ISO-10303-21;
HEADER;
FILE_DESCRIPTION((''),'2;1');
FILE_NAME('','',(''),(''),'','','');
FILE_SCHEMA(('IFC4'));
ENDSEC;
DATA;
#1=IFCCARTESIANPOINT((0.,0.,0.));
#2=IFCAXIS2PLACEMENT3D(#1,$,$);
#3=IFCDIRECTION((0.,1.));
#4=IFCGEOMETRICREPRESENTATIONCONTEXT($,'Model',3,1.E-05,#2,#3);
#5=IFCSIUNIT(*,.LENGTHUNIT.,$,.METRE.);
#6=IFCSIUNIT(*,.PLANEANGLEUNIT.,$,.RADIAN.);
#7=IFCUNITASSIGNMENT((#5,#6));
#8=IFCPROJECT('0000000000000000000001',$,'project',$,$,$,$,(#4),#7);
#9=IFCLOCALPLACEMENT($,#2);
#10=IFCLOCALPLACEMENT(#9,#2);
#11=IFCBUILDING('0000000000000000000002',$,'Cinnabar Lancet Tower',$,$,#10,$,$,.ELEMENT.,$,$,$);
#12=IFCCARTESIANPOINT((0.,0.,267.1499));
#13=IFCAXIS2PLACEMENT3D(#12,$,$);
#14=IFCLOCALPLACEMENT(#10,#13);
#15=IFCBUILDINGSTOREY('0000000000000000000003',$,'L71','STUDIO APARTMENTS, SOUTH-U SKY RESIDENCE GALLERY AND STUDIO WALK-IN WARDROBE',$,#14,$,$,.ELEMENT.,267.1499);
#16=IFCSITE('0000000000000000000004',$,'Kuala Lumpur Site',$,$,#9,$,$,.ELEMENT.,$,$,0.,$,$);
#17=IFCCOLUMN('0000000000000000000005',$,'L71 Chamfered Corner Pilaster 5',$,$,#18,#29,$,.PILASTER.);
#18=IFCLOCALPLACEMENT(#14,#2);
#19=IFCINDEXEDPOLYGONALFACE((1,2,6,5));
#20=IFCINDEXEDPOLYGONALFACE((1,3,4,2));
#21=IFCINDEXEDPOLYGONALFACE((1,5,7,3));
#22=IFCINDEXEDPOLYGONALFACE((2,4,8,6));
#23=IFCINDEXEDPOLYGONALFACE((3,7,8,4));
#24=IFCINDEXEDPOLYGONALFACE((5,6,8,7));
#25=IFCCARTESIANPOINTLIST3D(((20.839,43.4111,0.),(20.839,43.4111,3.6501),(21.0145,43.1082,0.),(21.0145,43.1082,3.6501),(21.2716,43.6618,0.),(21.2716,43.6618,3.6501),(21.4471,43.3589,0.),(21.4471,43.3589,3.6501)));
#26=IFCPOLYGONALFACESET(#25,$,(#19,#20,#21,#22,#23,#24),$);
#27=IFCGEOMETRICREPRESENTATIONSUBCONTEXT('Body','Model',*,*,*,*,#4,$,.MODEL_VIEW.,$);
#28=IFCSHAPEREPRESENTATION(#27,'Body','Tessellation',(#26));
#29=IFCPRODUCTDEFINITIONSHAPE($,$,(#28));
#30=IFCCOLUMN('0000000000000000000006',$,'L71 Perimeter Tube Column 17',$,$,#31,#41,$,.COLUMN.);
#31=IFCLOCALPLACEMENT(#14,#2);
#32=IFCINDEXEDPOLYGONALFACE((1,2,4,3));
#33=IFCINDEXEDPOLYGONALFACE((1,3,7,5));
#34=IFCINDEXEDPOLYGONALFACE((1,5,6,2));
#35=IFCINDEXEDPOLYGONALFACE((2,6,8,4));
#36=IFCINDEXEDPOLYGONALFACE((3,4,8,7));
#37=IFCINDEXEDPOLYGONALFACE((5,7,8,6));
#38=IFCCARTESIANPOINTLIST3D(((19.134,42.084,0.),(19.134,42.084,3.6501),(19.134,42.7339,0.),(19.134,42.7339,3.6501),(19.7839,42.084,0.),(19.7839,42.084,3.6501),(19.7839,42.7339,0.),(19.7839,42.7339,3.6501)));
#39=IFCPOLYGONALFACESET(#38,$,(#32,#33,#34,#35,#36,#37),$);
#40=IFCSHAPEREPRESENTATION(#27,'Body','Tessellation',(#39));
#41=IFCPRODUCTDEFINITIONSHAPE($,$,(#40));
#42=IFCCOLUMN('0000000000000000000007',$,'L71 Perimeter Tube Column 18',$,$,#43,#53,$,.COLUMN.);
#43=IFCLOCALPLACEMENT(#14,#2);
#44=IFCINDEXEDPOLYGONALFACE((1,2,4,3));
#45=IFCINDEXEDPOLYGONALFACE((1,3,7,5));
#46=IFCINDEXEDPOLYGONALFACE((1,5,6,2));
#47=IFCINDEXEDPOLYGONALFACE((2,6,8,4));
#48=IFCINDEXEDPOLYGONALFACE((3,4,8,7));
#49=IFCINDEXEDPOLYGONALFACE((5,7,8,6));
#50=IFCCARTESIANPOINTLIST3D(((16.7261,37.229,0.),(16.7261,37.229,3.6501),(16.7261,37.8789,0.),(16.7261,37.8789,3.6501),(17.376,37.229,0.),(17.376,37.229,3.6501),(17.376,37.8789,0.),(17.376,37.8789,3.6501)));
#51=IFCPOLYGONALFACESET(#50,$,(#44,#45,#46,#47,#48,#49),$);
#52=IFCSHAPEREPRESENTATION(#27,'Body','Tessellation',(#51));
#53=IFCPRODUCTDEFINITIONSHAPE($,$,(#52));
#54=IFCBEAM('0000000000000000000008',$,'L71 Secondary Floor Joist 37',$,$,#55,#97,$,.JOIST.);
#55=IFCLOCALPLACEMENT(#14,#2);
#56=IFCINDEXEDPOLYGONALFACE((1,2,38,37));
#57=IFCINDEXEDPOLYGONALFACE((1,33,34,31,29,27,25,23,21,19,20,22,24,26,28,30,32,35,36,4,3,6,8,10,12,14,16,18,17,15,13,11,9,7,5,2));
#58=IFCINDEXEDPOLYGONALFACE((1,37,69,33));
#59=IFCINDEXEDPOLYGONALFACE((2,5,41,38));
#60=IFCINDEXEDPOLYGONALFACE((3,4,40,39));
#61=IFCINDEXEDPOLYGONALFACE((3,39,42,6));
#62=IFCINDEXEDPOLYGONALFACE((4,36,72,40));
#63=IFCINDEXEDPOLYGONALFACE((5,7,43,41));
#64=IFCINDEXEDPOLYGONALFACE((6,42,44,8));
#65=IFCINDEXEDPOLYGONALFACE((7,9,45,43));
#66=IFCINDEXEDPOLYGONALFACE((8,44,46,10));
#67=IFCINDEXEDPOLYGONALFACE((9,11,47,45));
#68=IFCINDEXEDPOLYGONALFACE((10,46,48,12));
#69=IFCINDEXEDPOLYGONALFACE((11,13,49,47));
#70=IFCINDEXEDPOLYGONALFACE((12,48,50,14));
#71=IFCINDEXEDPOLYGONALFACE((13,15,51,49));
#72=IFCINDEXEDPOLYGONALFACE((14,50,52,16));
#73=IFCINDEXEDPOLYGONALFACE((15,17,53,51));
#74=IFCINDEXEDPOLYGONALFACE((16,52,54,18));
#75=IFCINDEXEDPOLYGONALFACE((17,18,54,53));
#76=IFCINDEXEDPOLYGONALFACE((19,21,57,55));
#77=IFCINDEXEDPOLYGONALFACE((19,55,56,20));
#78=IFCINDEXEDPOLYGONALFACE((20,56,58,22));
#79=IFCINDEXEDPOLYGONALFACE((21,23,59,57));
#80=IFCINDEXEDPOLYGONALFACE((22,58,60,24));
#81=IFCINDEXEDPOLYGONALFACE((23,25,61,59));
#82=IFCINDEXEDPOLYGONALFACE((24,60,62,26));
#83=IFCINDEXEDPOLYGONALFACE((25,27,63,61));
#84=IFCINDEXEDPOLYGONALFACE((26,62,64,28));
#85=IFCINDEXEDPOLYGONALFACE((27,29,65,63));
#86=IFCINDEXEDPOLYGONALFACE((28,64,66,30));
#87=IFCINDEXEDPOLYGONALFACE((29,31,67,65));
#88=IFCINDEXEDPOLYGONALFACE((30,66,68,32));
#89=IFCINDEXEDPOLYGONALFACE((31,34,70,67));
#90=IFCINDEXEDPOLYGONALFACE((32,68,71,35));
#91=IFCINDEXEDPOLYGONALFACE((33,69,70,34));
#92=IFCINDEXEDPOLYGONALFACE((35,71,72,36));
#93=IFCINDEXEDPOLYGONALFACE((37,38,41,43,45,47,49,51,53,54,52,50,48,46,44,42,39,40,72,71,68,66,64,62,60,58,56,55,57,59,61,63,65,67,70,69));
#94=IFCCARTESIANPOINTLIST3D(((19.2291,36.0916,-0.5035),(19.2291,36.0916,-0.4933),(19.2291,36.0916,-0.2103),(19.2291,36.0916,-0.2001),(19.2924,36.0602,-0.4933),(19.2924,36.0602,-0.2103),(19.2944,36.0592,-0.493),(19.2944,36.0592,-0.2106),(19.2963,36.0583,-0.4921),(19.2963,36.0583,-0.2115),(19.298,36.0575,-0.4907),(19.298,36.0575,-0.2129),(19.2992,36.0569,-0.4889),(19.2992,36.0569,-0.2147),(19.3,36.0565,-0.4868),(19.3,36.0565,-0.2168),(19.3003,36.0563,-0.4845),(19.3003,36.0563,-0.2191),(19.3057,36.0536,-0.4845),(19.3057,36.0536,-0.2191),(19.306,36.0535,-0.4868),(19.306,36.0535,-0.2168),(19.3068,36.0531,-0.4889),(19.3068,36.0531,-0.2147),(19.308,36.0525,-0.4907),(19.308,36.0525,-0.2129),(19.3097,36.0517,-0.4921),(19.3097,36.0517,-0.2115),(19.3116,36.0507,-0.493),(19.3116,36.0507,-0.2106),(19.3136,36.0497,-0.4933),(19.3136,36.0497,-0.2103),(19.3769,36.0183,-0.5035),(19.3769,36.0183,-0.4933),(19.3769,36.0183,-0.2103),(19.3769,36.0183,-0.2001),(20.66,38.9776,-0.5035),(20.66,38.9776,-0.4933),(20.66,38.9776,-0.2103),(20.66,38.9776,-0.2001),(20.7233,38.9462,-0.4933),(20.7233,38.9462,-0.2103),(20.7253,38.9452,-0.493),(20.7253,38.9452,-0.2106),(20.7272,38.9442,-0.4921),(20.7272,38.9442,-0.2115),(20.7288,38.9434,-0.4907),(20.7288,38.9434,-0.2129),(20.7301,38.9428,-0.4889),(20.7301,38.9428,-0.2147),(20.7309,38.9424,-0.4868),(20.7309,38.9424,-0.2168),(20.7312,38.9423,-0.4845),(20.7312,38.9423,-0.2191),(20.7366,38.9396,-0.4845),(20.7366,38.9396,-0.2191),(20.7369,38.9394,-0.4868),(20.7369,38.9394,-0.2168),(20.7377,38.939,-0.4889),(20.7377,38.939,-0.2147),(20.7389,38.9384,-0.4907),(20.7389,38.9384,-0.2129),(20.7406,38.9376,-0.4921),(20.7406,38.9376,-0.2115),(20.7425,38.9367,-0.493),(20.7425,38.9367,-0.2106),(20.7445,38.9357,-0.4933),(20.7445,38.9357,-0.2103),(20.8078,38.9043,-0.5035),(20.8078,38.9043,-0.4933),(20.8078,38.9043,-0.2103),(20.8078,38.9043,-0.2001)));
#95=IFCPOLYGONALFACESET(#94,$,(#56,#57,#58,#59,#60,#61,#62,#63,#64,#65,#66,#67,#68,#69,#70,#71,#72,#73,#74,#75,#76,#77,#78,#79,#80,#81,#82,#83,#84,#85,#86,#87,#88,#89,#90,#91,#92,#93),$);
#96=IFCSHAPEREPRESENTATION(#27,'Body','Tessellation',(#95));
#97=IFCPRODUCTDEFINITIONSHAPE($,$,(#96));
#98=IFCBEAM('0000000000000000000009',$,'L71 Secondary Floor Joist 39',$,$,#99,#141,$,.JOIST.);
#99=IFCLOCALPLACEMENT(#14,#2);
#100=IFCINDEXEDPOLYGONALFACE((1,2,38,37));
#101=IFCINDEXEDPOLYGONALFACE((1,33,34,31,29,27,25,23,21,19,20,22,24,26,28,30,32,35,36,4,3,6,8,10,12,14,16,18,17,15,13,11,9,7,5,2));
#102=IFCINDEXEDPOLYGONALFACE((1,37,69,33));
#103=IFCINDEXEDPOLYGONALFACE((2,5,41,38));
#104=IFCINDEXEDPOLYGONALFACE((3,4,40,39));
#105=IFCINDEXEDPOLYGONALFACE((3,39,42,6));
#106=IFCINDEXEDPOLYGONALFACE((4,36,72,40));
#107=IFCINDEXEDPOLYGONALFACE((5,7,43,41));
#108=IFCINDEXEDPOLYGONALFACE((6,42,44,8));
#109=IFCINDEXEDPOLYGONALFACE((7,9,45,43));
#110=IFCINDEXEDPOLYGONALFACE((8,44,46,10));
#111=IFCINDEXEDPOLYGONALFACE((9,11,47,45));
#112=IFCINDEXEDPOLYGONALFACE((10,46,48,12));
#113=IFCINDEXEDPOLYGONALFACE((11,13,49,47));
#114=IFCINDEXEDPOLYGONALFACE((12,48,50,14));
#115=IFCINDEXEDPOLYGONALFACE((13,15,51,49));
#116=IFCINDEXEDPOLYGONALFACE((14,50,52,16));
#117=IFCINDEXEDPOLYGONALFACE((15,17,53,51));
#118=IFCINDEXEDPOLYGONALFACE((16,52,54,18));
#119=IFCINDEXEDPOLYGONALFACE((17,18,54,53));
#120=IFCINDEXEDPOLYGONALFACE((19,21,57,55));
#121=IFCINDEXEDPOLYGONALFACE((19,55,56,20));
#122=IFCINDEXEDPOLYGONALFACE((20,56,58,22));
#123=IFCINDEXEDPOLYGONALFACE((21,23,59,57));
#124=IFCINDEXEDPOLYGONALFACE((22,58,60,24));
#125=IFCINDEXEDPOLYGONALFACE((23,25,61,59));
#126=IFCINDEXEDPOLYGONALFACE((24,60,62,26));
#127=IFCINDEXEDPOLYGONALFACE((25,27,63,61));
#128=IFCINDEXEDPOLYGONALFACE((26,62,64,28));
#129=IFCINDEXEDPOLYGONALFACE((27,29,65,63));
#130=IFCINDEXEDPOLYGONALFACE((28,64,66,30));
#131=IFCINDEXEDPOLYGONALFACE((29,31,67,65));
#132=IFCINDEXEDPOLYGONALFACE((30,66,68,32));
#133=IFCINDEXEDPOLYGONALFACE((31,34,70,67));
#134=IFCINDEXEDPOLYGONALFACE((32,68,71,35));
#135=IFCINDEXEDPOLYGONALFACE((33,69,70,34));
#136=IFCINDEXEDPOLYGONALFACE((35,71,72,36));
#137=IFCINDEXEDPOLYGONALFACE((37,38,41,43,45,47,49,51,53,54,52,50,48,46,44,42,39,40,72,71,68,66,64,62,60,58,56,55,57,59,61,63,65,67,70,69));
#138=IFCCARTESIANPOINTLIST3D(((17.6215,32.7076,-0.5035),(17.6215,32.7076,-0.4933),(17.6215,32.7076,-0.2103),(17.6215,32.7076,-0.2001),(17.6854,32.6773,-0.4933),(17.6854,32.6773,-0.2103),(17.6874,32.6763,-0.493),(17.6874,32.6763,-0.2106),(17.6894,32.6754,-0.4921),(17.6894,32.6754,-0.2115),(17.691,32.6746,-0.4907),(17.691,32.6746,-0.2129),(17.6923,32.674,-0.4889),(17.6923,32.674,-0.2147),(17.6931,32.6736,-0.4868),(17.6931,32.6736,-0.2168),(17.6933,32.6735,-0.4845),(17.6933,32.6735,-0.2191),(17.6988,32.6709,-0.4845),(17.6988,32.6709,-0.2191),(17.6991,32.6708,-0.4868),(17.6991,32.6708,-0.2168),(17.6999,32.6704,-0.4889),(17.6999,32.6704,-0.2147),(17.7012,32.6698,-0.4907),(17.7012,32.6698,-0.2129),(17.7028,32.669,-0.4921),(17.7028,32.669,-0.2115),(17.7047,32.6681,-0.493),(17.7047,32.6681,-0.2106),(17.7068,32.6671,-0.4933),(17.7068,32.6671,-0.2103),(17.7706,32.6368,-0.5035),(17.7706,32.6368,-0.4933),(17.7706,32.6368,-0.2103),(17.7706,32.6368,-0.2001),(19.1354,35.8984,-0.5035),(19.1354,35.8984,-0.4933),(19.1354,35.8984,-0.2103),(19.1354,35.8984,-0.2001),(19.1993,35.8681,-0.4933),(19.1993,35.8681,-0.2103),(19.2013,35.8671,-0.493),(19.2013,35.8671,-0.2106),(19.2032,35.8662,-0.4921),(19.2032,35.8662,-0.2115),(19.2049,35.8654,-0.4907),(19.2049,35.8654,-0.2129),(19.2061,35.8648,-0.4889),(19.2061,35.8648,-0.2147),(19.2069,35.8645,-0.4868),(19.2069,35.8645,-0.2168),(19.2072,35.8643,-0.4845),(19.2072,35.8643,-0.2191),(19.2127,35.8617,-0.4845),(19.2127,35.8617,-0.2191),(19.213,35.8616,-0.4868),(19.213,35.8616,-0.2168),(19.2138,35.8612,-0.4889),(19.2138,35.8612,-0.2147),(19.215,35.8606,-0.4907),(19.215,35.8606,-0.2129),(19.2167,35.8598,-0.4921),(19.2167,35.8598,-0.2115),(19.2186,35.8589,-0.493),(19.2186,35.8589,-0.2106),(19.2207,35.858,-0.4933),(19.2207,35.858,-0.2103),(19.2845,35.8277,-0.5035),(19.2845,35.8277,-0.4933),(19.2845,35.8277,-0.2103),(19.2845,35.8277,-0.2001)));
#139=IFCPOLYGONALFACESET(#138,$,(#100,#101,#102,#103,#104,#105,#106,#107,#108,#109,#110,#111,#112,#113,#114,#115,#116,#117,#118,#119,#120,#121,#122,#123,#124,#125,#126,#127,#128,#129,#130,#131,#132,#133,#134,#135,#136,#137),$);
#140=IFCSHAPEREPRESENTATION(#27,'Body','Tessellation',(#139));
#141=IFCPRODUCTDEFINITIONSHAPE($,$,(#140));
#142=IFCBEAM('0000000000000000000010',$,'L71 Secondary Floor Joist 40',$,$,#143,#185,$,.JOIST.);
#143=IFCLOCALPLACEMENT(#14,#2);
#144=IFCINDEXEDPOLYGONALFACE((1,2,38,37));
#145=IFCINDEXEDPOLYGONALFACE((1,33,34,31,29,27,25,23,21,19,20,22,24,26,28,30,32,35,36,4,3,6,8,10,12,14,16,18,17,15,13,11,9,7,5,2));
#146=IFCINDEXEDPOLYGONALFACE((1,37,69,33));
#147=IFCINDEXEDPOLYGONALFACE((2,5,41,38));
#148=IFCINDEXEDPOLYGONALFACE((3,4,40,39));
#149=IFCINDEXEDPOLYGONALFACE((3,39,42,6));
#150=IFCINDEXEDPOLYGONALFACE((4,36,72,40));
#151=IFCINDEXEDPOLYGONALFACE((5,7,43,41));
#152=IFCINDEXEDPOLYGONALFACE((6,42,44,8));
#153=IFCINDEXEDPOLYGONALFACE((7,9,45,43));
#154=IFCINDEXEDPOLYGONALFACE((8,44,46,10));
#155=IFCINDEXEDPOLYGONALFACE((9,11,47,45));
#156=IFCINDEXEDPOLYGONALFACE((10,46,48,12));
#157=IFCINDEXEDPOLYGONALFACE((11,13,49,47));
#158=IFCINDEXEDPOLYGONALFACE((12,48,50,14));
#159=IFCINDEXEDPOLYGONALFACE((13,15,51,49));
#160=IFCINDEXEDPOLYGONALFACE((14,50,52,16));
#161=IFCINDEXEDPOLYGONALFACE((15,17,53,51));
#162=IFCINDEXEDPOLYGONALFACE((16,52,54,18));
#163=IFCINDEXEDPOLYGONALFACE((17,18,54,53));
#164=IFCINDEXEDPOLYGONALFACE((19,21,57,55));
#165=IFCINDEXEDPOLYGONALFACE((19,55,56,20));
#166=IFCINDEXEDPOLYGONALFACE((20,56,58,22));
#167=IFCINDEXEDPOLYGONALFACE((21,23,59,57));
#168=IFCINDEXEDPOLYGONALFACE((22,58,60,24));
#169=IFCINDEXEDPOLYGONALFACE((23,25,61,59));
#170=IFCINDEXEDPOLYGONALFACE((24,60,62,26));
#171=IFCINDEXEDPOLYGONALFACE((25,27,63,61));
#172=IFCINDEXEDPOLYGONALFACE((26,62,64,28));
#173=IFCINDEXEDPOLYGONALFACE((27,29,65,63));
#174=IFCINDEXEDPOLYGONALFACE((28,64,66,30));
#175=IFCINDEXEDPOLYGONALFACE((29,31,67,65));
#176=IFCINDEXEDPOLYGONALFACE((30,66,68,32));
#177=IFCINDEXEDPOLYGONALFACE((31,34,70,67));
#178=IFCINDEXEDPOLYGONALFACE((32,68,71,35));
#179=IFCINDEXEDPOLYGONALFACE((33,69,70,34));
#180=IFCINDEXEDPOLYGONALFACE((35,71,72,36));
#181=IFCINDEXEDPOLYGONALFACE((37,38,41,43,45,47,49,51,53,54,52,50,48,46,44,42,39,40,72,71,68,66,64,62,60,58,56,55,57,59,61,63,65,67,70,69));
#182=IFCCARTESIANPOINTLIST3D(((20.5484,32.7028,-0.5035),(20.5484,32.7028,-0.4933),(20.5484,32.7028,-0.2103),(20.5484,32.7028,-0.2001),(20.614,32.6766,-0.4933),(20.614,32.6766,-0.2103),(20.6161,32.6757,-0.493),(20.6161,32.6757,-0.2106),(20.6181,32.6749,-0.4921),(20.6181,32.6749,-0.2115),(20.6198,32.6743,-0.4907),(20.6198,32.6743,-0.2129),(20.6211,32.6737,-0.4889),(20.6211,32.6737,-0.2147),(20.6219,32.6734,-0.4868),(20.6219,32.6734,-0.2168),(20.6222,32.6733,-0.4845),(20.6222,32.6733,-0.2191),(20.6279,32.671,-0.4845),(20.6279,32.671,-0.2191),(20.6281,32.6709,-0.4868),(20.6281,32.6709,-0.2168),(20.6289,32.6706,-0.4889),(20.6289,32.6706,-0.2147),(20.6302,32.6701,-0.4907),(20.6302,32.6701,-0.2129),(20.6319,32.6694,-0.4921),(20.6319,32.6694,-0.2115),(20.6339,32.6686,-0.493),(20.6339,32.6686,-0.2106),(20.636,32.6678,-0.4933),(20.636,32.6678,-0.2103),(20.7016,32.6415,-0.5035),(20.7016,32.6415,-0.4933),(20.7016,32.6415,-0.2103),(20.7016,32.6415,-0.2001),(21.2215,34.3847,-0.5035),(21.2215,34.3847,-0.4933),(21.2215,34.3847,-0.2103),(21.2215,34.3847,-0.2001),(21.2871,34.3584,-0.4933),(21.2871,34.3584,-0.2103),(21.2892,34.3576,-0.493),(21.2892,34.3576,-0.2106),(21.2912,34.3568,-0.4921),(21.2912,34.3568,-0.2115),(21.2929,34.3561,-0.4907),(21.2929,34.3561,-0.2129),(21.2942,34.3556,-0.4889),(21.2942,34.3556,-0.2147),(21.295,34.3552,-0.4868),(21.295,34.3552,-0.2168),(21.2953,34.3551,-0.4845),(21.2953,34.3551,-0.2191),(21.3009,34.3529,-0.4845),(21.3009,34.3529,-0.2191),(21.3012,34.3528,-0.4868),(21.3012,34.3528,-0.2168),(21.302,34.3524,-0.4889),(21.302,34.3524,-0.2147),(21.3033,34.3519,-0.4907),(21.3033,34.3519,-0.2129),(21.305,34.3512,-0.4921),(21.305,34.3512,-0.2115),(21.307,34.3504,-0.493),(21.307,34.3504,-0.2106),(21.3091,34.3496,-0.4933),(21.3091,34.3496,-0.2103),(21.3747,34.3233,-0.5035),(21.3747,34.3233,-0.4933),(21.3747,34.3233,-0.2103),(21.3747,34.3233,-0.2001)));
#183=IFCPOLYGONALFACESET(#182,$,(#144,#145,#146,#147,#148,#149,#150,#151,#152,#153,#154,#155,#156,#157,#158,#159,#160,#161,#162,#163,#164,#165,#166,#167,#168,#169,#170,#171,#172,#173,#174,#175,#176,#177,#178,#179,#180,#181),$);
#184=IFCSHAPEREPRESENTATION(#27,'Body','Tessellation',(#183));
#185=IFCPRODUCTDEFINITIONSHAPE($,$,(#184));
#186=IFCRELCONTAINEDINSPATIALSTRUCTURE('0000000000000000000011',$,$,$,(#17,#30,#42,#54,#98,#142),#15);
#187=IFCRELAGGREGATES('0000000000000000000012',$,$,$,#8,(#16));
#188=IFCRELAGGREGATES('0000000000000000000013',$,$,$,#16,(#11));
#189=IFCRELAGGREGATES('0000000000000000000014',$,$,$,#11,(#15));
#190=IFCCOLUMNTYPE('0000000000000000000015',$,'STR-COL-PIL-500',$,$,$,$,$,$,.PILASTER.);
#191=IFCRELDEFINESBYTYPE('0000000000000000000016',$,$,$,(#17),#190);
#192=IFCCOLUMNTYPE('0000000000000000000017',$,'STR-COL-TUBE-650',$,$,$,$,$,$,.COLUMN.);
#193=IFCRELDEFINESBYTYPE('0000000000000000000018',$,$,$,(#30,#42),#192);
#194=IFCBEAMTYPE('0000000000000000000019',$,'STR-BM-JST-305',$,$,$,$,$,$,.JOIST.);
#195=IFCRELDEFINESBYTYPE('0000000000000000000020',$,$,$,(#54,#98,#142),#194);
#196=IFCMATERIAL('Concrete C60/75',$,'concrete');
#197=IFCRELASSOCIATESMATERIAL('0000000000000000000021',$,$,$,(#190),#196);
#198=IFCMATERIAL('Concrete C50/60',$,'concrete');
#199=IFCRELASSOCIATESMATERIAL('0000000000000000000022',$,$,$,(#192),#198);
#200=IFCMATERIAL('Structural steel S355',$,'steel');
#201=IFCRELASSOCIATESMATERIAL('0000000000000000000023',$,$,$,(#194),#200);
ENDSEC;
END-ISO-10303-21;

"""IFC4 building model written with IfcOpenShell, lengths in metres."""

from ifc_helpers import new_model, si_unit, direction, frame, origin, origin_2d, place, context, subcontext, project, spatial, rectangle, i_section, extrude, material, material_profile, profile_set, type_object, element, save


model = new_model("IFC4")

# Units and contexts
model_context = context("Model", 3, precision=1e-05, world=origin(), true_north=direction((0.0, 1.0)))
body_context = subcontext(model_context, "Body", "Model", "MODEL_VIEW")
ifc_project = project(units=[si_unit("LENGTHUNIT", "METRE"), si_unit("PLANEANGLEUNIT", "RADIAN")], contexts=[model_context])

# Site, building, storey
site_placement = place(None, origin())
site = spatial("IfcSite", under=ifc_project, at=site_placement, Name="Kuala Lumpur Site", CompositionType="ELEMENT", RefElevation=0.0)
building_placement = place(site_placement, origin())
building = spatial("IfcBuilding", under=site, at=building_placement, Name="Cinnabar Lancet Tower", CompositionType="ELEMENT")
storey_placement = place(building_placement, frame((0.0, 0.0, 267.1499)))
storey = spatial("IfcBuildingStorey", under=building, at=storey_placement, Name="L71", Description="STUDIO APARTMENTS, SOUTH-U SKY RESIDENCE GALLERY AND STUDIO WALK-IN WARDROBE", CompositionType="ELEMENT", Elevation=267.1499)

# Columns
ifc_material_1 = material(Name="Concrete C60/75", Category="concrete")
ifc_material_profile_1 = material_profile(ifc_material_1, rectangle(XDim=0.5, YDim=0.3501, at=origin_2d()), Name="RC-PIL 500x350")
ifc_profile_set_1 = profile_set([ifc_material_profile_1], Name="Concrete C60/75")
column_type_1 = type_object("IfcColumnType", Name="STR-COL-PIL-500", PredefinedType="PILASTER", material=ifc_profile_set_1)
column_placement = place(storey_placement, frame((21.1431, 43.385, 0.0), z_axis=(0.0, 0.0, 1.0), x_axis=(-0.865256, -0.50133, 0.0)))
element("IfcColumn", 1, at=column_placement, inside=storey, type_object=column_type_1, Name="L71 Chamfered Corner Pilaster 5", PredefinedType="PILASTER", context=body_context, shape_type="SweptSolid", body=[
    extrude(rectangle(XDim=0.5, YDim=0.3501, at=origin_2d()), origin(), (0.0, 0.0, 1.0), 3.6501),
])
ifc_material_2 = material(Name="Concrete C50/60", Category="concrete")
ifc_material_profile_2 = material_profile(ifc_material_2, rectangle(XDim=0.6499, YDim=0.6499, at=origin_2d()), Name="RC-COL 650x650")
ifc_profile_set_2 = profile_set([ifc_material_profile_2], Name="Concrete C50/60")
column_type_2 = type_object("IfcColumnType", Name="STR-COL-TUBE-650", PredefinedType="COLUMN", material=ifc_profile_set_2)
for number, where, z_axis, x_axis, name in (
    (2, (19.459, 42.4089, 0.0), (0.0, 0.0, 1.0), (1.0, 0.0, 0.0), "L71 Perimeter Tube Column 17"),
    (3, (17.051, 37.554, 0.0), (0.0, 0.0, 1.0), (1.0, 0.0, 0.0), "L71 Perimeter Tube Column 18"),
):
    element("IfcColumn", number, at=place(storey_placement, frame(where, z_axis=z_axis, x_axis=x_axis)), inside=storey, type_object=column_type_2, Name=name, PredefinedType="COLUMN", context=body_context, shape_type="SweptSolid", body=[
        extrude(rectangle(XDim=0.6499, YDim=0.6499, at=origin_2d()), origin(), (0.0, 0.0, 1.0), 3.6501),
    ])

# Beams
ifc_material_3 = material(Name="Structural steel S355", Category="steel")
ifc_material_profile_3 = material_profile(ifc_material_3, i_section(OverallWidth=0.165, OverallDepth=0.3035, WebThickness=0.0061, FlangeThickness=0.0103, FilletRadius=0.0088, at=origin_2d()), Name="UKB 305x165x40")
ifc_profile_set_3 = profile_set([ifc_material_profile_3], Name="Structural steel S355")
beam_type_1 = type_object("IfcBeamType", Name="STR-BM-JST-305", PredefinedType="JOIST", material=ifc_profile_set_3)
beam_1_placement = place(storey_placement, frame((20.7339, 38.9409, -0.3518), z_axis=(-0.44421, -0.895923, 0.0), x_axis=(0.895923, -0.44421, 0.0)))
element("IfcBeam", 4, at=beam_1_placement, inside=storey, type_object=beam_type_1, Name="L71 Secondary Floor Joist 37", PredefinedType="JOIST", context=body_context, shape_type="SweptSolid", body=[
    extrude(i_section(OverallWidth=0.165, OverallDepth=0.3035, WebThickness=0.0061, FlangeThickness=0.0103, FilletRadius=0.0088, at=origin_2d()), origin(), (0.0, 0.0, 1.0), 3.2212),
])
beam_2_placement = place(storey_placement, frame((19.21, 35.863, -0.3518), z_axis=(-0.428648, -0.903472, 0.0), x_axis=(0.903472, -0.428648, 0.0)))
element("IfcBeam", 5, at=beam_2_placement, inside=storey, type_object=beam_type_1, Name="L71 Secondary Floor Joist 39", PredefinedType="JOIST", context=body_context, shape_type="SweptSolid", body=[
    extrude(i_section(OverallWidth=0.165, OverallDepth=0.3035, WebThickness=0.0061, FlangeThickness=0.0103, FilletRadius=0.0088, at=origin_2d()), origin(), (0.0, 0.0, 1.0), 3.5317),
])
beam_3_placement = place(storey_placement, frame((21.2981, 34.354, -0.3518), z_axis=(-0.371553, -0.928412, 0.0), x_axis=(0.928412, -0.371553, 0.0)))
element("IfcBeam", 6, at=beam_3_placement, inside=storey, type_object=beam_type_1, Name="L71 Secondary Floor Joist 40", PredefinedType="JOIST", context=body_context, shape_type="SweptSolid", body=[
    extrude(i_section(OverallWidth=0.165, OverallDepth=0.3035, WebThickness=0.0061, FlangeThickness=0.0103, FilletRadius=0.0088, at=origin_2d()), origin(), (0.0, 0.0, 1.0), 1.8115),
])

save(model, "model.ifc")
